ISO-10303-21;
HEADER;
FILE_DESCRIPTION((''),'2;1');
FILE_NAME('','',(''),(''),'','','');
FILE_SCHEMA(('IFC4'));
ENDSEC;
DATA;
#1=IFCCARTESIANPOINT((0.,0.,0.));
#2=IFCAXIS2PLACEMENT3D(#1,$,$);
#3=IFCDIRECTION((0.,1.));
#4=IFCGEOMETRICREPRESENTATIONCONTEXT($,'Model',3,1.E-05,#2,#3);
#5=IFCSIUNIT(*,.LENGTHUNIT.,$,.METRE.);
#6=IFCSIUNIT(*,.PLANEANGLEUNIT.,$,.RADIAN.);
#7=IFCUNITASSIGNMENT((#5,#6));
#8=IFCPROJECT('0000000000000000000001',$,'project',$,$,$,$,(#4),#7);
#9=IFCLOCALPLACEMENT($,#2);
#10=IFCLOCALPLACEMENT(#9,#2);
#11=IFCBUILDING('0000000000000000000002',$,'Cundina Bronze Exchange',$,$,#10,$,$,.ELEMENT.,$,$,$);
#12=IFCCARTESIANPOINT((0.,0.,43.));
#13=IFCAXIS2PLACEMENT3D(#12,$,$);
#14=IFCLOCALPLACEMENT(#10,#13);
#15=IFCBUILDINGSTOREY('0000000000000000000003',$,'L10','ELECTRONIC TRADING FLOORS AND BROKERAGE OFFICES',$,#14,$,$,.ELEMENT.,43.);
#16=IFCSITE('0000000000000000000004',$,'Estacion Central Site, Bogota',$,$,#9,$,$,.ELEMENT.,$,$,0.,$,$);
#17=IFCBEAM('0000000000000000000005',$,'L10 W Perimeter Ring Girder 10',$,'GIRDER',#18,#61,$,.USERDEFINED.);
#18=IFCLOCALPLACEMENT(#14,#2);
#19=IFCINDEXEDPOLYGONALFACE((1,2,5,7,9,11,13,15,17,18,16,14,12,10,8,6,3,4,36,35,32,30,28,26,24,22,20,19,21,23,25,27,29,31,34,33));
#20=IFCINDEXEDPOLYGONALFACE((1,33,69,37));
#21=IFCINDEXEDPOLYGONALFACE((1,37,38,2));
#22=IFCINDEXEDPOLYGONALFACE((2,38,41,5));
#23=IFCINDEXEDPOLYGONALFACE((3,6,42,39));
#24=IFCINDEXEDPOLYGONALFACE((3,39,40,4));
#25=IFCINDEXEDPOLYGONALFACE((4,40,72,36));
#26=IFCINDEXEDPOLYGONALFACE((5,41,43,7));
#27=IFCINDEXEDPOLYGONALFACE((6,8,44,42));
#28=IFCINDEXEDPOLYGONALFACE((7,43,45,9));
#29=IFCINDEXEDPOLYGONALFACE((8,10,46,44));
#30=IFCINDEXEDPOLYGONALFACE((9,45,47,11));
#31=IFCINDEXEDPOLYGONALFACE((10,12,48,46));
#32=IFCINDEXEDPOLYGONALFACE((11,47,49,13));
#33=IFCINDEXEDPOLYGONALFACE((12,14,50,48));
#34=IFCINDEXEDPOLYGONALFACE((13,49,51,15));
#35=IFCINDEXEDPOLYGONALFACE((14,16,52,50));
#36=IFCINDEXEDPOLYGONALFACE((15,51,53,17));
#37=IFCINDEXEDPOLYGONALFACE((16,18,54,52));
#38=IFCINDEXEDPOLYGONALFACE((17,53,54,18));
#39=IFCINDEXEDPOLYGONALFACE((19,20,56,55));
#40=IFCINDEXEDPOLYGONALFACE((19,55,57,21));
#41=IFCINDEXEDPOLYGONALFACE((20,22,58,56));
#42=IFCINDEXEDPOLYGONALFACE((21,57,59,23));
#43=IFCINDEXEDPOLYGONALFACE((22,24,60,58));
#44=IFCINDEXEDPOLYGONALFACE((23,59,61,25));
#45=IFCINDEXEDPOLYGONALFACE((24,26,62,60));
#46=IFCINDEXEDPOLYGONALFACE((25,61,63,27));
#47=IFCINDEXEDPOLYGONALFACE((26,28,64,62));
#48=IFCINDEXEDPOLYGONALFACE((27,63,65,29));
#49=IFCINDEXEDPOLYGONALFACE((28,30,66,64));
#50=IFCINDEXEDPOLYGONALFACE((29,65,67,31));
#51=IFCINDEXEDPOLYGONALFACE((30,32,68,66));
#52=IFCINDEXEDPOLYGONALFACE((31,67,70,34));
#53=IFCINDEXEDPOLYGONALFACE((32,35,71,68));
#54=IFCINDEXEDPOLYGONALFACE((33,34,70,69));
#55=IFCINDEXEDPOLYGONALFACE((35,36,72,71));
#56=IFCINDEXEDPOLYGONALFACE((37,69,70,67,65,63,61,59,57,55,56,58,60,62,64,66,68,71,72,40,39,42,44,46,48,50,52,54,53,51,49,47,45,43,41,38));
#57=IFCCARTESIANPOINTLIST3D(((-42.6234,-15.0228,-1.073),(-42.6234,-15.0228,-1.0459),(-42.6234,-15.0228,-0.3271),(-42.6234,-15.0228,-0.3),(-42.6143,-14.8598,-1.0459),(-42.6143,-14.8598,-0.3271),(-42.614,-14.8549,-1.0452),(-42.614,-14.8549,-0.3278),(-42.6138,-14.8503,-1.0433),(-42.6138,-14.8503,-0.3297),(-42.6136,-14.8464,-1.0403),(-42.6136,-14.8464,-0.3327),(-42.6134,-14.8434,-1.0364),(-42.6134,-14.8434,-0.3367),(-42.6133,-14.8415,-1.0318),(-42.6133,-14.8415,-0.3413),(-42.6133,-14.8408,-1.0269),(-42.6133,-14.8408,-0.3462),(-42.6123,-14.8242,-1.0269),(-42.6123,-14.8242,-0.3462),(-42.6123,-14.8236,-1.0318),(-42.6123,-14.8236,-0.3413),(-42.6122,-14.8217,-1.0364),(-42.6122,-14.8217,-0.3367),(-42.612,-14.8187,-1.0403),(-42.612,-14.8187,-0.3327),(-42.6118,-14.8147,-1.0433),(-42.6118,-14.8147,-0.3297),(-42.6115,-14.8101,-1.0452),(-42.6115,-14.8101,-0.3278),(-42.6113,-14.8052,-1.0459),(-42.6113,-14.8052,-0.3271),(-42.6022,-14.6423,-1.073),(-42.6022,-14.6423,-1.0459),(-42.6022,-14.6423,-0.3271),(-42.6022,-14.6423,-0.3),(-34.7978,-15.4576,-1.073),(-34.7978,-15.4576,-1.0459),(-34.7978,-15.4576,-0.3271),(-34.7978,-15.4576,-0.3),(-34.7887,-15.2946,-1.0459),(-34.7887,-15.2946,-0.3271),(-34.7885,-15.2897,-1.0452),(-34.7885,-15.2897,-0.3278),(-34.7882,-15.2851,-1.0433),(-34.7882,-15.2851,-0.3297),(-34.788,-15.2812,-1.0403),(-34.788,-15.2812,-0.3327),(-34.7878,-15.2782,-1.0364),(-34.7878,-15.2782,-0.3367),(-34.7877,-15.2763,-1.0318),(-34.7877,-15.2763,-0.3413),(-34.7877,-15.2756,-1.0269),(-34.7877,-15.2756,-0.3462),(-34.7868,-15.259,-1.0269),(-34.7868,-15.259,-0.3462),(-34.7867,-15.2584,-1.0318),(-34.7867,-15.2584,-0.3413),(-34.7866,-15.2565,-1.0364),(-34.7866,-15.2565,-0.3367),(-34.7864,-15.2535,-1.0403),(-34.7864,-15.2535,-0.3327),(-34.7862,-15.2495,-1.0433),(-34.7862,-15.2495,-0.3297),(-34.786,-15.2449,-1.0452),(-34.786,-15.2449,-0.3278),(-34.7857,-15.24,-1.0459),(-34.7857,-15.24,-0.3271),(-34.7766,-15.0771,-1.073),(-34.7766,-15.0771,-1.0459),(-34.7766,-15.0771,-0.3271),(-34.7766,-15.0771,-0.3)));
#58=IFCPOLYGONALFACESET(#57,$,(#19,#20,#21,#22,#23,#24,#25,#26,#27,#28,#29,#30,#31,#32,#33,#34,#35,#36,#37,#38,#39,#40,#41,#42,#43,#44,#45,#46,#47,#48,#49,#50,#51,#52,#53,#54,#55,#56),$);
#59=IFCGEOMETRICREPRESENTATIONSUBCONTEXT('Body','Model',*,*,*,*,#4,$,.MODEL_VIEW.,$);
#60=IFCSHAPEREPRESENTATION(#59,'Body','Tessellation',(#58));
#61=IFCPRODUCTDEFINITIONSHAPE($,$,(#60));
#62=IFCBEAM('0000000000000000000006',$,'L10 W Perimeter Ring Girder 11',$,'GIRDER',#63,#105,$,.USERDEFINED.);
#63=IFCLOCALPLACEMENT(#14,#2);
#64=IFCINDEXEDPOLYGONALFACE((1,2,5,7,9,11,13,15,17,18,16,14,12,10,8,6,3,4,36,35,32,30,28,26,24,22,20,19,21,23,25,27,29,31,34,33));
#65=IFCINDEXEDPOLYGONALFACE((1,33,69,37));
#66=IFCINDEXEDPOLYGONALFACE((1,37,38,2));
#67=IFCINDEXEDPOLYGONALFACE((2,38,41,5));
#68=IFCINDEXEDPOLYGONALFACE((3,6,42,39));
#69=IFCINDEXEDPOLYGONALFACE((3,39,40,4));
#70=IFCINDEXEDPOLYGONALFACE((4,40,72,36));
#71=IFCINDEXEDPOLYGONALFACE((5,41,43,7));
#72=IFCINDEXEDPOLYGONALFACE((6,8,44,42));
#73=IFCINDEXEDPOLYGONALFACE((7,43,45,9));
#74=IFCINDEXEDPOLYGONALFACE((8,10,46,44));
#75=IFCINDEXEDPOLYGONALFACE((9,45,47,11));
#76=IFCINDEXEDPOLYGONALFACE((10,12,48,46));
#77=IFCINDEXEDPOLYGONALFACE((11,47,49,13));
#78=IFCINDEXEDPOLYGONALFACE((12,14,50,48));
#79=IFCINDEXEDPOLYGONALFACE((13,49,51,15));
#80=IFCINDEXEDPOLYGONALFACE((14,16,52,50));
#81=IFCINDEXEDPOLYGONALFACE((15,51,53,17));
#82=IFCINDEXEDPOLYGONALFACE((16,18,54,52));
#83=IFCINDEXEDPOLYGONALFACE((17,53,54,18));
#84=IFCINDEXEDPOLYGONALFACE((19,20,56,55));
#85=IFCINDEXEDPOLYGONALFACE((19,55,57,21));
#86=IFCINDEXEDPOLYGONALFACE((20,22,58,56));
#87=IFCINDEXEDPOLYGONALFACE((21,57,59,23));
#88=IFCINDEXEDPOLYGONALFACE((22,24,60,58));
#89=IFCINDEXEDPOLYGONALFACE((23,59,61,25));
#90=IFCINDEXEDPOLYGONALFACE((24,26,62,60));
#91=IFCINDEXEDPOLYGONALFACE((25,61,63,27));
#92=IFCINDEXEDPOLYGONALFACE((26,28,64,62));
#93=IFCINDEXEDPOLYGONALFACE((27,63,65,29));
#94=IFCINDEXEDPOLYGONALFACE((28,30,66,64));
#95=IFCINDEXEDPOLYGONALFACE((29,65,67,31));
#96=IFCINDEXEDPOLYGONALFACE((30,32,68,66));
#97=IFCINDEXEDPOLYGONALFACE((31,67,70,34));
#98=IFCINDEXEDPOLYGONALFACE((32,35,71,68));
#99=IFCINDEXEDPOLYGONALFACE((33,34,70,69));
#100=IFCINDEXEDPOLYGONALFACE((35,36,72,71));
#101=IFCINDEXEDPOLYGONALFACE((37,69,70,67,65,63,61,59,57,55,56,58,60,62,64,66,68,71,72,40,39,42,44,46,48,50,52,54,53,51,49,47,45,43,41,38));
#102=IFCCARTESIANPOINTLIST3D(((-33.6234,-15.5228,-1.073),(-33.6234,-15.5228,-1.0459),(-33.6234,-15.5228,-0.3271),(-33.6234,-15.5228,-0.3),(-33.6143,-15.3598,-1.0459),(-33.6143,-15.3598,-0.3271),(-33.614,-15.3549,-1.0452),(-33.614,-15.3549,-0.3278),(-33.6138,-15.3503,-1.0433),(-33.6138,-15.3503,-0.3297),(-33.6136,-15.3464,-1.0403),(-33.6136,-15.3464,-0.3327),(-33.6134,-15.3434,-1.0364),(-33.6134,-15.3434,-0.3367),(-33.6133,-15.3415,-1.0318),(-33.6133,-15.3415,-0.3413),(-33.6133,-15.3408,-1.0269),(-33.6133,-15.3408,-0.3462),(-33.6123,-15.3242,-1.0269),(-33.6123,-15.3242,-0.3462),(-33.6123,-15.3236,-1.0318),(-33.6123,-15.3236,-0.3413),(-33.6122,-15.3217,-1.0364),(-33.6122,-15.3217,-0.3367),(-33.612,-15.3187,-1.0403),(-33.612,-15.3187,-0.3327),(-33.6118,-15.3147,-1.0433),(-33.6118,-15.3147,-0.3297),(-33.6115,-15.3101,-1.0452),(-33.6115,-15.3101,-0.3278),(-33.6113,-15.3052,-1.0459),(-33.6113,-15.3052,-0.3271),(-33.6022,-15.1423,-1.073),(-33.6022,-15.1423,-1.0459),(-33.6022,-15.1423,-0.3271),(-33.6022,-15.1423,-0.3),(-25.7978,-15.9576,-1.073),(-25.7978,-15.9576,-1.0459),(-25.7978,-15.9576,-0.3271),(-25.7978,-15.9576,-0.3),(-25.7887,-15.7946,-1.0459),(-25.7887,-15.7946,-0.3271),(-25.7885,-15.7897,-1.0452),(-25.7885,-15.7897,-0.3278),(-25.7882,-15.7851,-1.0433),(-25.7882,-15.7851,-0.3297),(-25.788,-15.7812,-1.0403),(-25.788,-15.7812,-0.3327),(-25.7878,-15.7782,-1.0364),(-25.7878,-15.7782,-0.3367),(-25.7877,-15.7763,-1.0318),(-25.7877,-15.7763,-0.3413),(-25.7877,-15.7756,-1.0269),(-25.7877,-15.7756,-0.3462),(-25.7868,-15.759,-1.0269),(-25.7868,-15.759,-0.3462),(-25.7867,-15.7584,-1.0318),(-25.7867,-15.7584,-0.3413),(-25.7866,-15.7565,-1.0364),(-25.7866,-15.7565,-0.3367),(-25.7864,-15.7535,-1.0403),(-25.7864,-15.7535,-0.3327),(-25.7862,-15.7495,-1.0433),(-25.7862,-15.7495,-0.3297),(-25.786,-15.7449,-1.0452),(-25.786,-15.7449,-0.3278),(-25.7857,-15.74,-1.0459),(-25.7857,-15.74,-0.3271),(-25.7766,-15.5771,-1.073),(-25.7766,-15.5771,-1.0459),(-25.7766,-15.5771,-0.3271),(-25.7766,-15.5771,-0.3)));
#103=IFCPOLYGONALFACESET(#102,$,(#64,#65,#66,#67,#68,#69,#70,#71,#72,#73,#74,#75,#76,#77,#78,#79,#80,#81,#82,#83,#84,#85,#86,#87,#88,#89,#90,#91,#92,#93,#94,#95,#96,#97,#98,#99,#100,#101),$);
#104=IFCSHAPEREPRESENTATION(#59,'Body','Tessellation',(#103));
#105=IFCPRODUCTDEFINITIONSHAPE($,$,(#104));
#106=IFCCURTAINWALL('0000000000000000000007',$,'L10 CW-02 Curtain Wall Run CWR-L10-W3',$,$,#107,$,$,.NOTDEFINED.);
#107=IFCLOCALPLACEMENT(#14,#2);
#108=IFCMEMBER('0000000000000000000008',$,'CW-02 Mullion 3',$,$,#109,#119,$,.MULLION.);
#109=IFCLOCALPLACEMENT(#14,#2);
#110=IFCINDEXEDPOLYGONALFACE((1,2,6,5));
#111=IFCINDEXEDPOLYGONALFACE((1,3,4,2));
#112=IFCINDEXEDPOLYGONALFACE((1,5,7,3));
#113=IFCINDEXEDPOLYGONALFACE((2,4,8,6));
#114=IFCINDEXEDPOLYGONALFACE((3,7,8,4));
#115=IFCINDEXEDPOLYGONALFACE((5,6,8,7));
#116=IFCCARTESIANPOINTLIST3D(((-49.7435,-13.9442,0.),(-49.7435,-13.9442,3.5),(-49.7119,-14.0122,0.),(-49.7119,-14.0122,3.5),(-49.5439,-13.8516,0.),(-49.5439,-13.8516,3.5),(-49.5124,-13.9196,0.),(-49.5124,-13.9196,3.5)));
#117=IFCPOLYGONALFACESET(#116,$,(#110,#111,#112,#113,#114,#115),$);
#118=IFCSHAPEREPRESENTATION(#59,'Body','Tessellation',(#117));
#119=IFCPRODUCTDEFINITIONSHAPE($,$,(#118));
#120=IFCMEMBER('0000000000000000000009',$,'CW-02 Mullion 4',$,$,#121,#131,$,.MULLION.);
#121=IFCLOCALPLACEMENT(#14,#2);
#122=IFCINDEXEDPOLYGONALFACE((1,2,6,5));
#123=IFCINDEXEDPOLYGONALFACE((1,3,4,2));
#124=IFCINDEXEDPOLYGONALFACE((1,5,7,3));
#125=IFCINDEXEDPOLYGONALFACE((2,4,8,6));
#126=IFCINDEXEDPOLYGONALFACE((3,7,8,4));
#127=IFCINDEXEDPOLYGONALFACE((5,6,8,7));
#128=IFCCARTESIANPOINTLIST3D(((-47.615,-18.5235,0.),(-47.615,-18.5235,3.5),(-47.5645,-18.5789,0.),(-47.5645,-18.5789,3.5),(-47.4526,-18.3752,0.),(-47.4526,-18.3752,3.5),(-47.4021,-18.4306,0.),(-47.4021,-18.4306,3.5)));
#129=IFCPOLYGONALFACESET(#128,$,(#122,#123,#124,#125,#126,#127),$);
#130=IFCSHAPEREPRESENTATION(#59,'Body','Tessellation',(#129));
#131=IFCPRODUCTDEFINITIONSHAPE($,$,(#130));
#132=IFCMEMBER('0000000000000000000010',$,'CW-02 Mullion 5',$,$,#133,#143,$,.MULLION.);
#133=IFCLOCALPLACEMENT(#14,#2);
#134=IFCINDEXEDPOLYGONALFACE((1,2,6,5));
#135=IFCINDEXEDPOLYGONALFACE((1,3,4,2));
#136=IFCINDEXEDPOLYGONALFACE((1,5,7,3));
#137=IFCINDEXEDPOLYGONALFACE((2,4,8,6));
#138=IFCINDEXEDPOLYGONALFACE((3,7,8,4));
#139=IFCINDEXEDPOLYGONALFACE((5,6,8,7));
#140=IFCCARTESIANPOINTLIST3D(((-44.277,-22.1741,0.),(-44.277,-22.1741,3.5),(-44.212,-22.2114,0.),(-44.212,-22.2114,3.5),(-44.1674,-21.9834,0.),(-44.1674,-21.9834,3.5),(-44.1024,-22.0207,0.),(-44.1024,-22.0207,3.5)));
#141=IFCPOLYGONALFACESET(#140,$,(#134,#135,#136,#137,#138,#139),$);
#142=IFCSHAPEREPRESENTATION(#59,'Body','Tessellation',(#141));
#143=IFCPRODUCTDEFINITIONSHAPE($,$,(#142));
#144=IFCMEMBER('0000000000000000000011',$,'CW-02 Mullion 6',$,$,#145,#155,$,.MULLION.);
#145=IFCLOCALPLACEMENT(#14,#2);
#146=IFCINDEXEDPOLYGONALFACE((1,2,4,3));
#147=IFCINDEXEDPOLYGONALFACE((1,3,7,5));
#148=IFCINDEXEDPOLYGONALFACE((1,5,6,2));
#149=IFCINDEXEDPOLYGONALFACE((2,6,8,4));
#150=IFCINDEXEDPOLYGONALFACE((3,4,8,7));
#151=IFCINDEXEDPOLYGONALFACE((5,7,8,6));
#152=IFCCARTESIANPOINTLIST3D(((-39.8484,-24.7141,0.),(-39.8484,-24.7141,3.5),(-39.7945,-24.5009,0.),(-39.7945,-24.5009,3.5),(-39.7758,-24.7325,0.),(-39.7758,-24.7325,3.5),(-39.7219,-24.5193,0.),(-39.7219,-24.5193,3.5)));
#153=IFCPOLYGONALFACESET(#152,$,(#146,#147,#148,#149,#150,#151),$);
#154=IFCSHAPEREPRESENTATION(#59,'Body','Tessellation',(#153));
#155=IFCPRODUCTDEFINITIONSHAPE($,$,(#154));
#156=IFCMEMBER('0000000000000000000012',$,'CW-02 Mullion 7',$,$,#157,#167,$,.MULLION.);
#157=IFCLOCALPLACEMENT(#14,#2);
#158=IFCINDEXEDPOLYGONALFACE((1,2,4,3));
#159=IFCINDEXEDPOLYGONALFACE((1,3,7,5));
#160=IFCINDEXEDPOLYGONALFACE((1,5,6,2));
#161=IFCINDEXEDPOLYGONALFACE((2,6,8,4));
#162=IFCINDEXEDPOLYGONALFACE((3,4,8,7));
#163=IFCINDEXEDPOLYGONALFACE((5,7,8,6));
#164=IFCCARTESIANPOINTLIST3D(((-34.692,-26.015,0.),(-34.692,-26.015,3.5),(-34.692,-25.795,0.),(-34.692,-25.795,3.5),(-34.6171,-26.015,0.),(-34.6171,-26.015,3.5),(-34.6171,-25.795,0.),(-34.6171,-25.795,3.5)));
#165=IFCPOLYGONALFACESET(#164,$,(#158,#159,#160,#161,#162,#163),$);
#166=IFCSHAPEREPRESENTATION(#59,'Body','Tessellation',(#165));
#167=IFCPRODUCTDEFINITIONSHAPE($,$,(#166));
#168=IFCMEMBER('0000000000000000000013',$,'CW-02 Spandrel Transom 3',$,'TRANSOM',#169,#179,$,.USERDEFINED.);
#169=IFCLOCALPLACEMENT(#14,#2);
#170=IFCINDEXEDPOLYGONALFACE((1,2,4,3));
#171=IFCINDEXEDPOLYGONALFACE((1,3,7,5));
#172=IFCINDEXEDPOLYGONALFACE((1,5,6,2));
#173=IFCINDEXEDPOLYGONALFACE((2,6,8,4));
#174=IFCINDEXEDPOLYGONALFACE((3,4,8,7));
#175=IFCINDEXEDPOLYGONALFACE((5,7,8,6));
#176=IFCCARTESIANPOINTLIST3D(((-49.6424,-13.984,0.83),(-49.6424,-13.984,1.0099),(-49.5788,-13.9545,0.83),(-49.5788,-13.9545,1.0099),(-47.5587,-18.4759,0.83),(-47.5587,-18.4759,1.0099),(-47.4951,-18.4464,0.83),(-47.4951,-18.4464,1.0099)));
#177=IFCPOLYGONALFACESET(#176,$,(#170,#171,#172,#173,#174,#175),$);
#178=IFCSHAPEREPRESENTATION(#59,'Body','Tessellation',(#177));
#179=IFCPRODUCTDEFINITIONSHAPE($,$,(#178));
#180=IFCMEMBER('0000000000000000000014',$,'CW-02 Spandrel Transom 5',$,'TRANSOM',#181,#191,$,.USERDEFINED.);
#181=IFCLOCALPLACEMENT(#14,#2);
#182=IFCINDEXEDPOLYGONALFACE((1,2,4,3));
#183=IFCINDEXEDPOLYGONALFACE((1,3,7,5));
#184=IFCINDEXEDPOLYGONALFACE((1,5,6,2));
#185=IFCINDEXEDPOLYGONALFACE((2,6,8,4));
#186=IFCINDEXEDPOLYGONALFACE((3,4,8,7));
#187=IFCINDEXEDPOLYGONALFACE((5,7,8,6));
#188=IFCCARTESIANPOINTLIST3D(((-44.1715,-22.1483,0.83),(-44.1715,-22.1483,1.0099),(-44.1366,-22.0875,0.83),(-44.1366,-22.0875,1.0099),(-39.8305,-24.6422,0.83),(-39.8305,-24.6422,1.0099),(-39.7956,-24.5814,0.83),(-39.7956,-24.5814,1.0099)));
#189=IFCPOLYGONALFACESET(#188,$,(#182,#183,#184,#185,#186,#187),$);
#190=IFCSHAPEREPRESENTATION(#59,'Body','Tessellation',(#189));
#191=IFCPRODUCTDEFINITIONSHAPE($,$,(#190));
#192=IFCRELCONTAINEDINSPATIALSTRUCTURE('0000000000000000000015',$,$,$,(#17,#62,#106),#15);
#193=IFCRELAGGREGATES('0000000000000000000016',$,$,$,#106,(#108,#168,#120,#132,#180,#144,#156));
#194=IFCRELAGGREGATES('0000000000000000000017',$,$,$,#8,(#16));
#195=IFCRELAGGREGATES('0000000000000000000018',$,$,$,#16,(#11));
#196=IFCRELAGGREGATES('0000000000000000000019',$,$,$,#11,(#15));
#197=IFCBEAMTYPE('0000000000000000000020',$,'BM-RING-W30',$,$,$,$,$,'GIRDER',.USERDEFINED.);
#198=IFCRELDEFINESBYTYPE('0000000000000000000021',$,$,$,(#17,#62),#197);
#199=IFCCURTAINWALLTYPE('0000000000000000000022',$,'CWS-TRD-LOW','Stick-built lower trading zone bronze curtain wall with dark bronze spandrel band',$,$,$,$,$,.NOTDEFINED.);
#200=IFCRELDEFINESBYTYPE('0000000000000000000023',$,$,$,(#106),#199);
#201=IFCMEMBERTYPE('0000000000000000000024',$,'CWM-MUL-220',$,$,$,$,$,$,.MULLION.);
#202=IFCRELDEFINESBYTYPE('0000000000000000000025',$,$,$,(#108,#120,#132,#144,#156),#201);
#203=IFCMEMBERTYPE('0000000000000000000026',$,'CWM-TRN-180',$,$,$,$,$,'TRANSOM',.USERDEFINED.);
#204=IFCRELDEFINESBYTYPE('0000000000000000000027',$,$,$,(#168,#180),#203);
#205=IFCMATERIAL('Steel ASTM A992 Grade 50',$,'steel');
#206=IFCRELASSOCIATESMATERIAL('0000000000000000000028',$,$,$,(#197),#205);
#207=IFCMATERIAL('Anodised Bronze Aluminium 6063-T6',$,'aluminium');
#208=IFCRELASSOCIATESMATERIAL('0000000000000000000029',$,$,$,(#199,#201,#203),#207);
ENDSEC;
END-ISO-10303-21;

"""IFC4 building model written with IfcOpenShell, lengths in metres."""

from ifc_helpers import new_model, si_unit, direction, frame, origin, origin_2d, place, context, subcontext, project, spatial, rectangle, i_section, extrude, material, material_profile, profile_set, type_object, element, aggregate, save


model = new_model("IFC4")

# Units and contexts
model_context = context("Model", 3, precision=1e-05, world=origin(), true_north=direction((0.0, 1.0)))
body_context = subcontext(model_context, "Body", "Model", "MODEL_VIEW")
ifc_project = project(units=[si_unit("LENGTHUNIT", "METRE"), si_unit("PLANEANGLEUNIT", "RADIAN")], contexts=[model_context])

# Site, building, storey
site_placement = place(None, origin())
site = spatial("IfcSite", under=ifc_project, at=site_placement, Name="Estacion Central Site, Bogota", CompositionType="ELEMENT", RefElevation=0.0)
building_placement = place(site_placement, origin())
building = spatial("IfcBuilding", under=site, at=building_placement, Name="Cundina Bronze Exchange", CompositionType="ELEMENT")
storey_placement = place(building_placement, frame((0.0, 0.0, 43.0)))
storey = spatial("IfcBuildingStorey", under=building, at=storey_placement, Name="L10", Description="ELECTRONIC TRADING FLOORS AND BROKERAGE OFFICES", CompositionType="ELEMENT", Elevation=43.0)

# Beams
ifc_material_1 = material(Name="Steel ASTM A992 Grade 50", Category="steel")
ifc_material_profile_1 = material_profile(ifc_material_1, i_section(OverallWidth=0.3811, OverallDepth=0.7729, WebThickness=0.0166, FlangeThickness=0.0271, FilletRadius=0.019, at=origin_2d()), Name="W30X173", Category="steel")
ifc_profile_set_1 = profile_set([ifc_material_profile_1], Name="Steel ASTM A992 Grade 50")
beam_type_1 = type_object("IfcBeamType", Name="BM-RING-W30", ElementType="GIRDER", PredefinedType="USERDEFINED", material=ifc_profile_set_1)
for number, where, z_axis, x_axis, name in (
    (1, (-42.6128, -14.8325, -0.6865), (0.99846, -0.055477, 0.0), (0.055477, 0.99846, 0.0), "L10 W Perimeter Ring Girder 10"),
    (2, (-33.6128, -15.3325, -0.6865), (0.99846, -0.055477, 0.0), (0.055477, 0.99846, 0.0), "L10 W Perimeter Ring Girder 11"),
):
    element("IfcBeam", number, at=place(storey_placement, frame(where, z_axis=z_axis, x_axis=x_axis)), inside=storey, type_object=beam_type_1, Name=name, ObjectType="GIRDER", PredefinedType="USERDEFINED", context=body_context, shape_type="SweptSolid", body=[
        extrude(i_section(OverallWidth=0.3811, OverallDepth=0.7729, WebThickness=0.0166, FlangeThickness=0.0271, FilletRadius=0.019, at=origin_2d()), origin(), (0.0, 0.0, 1.0), 7.8376),
    ])

# Curtain wall, members
ifc_material_2 = material(Name="Anodised Bronze Aluminium 6063-T6", Category="aluminium")
curtain_wall_type = type_object("IfcCurtainWallType", Name="CWS-TRD-LOW", Description="Stick-built lower trading zone bronze curtain wall with dark bronze spandrel band", PredefinedType="NOTDEFINED", material=ifc_material_2)
curtain_wall_placement = place(storey_placement, origin())
curtain_wall = element("IfcCurtainWall", 3, at=curtain_wall_placement, inside=storey, type_object=curtain_wall_type, Name="L10 CW-02 Curtain Wall Run CWR-L10-W3", PredefinedType="NOTDEFINED")
ifc_material_profile_2 = material_profile(ifc_material_2, rectangle(XDim=0.075, YDim=0.22, at=origin_2d()), Name="AL75X220", Category="aluminium")
ifc_profile_set_2 = profile_set([ifc_material_profile_2], Name="Anodised Bronze Aluminium 6063-T6")
member_type_1 = type_object("IfcMemberType", Name="CWM-MUL-220", PredefinedType="MULLION", material=ifc_profile_set_2)
member_1_placement = place(storey_placement, frame((-49.6279, -13.9319, 0.0), z_axis=(0.0, 0.0, 1.0), x_axis=(0.420877, -0.907117, 0.0)))
member_1 = element("IfcMember", 4, at=member_1_placement, type_object=member_type_1, Name="CW-02 Mullion 3", PredefinedType="MULLION", context=body_context, shape_type="SweptSolid", body=[
    extrude(rectangle(XDim=0.075, YDim=0.22, at=origin_2d()), origin(), (0.0, 0.0, 1.0), 3.5),
])
member_2_placement = place(storey_placement, frame((-47.5085, -18.4771, 0.0), z_axis=(0.0, 0.0, 1.0), x_axis=(0.674302, -0.738455, 0.0)))
member_2 = element("IfcMember", 5, at=member_2_placement, type_object=member_type_1, Name="CW-02 Mullion 4", PredefinedType="MULLION", context=body_context, shape_type="SweptSolid", body=[
    extrude(rectangle(XDim=0.075, YDim=0.22, at=origin_2d()), origin(), (0.0, 0.0, 1.0), 3.5),
])
member_3_placement = place(storey_placement, frame((-44.1897, -22.0974, 0.0), z_axis=(0.0, 0.0, 1.0), x_axis=(0.867071, -0.498185, 0.0)))
member_3 = element("IfcMember", 6, at=member_3_placement, type_object=member_type_1, Name="CW-02 Mullion 5", PredefinedType="MULLION", context=body_context, shape_type="SweptSolid", body=[
    extrude(rectangle(XDim=0.075, YDim=0.22, at=origin_2d()), origin(), (0.0, 0.0, 1.0), 3.5),
])
member_4_placement = place(storey_placement, frame((-39.7852, -24.6167, 0.0), z_axis=(0.0, 0.0, 1.0), x_axis=(0.969488, -0.245138, 0.0)))
member_4 = element("IfcMember", 7, at=member_4_placement, type_object=member_type_1, Name="CW-02 Mullion 6", PredefinedType="MULLION", context=body_context, shape_type="SweptSolid", body=[
    extrude(rectangle(XDim=0.075, YDim=0.22, at=origin_2d()), origin(), (0.0, 0.0, 1.0), 3.5),
])
member_5_placement = place(storey_placement, frame((-34.6545, -25.905, 0.0), z_axis=(0.0, 0.0, 1.0), x_axis=(1.0, 0.0, 0.0)))
member_5 = element("IfcMember", 8, at=member_5_placement, type_object=member_type_1, Name="CW-02 Mullion 7", PredefinedType="MULLION", context=body_context, shape_type="SweptSolid", body=[
    extrude(rectangle(XDim=0.075, YDim=0.22, at=origin_2d()), origin(), (0.0, 0.0, 1.0), 3.5),
])
ifc_material_profile_3 = material_profile(ifc_material_2, rectangle(XDim=0.0701, YDim=0.1799, at=origin_2d()), Name="AL70X180", Category="aluminium")
ifc_profile_set_3 = profile_set([ifc_material_profile_3], Name="Anodised Bronze Aluminium 6063-T6")
member_type_2 = type_object("IfcMemberType", Name="CWM-TRN-180", ElementType="TRANSOM", PredefinedType="USERDEFINED", material=ifc_profile_set_3)
member_6_placement = place(storey_placement, frame((-49.6106, -13.9692, 0.9199), z_axis=(0.420811, -0.907148, 0.0), x_axis=(0.907148, 0.420811, 0.0)))
member_6 = element("IfcMember", 9, at=member_6_placement, type_object=member_type_2, Name="CW-02 Spandrel Transom 3", ObjectType="TRANSOM", PredefinedType="USERDEFINED", context=body_context, shape_type="SweptSolid", body=[
    extrude(rectangle(XDim=0.0701, YDim=0.1799, at=origin_2d()), origin(), (0.0, 0.0, 1.0), 4.9517),
])
member_7_placement = place(storey_placement, frame((-44.1541, -22.1179, 0.9199), z_axis=(0.867097, -0.498139, 0.0), x_axis=(0.498139, 0.867097, 0.0)))
member_7 = element("IfcMember", 10, at=member_7_placement, type_object=member_type_2, Name="CW-02 Spandrel Transom 5", ObjectType="TRANSOM", PredefinedType="USERDEFINED", context=body_context, shape_type="SweptSolid", body=[
    extrude(rectangle(XDim=0.0701, YDim=0.1799, at=origin_2d()), origin(), (0.0, 0.0, 1.0), 5.0063),
])
aggregate(curtain_wall, [member_1, member_6, member_2, member_3, member_7, member_4, member_5])

save(model, "model.ifc")
